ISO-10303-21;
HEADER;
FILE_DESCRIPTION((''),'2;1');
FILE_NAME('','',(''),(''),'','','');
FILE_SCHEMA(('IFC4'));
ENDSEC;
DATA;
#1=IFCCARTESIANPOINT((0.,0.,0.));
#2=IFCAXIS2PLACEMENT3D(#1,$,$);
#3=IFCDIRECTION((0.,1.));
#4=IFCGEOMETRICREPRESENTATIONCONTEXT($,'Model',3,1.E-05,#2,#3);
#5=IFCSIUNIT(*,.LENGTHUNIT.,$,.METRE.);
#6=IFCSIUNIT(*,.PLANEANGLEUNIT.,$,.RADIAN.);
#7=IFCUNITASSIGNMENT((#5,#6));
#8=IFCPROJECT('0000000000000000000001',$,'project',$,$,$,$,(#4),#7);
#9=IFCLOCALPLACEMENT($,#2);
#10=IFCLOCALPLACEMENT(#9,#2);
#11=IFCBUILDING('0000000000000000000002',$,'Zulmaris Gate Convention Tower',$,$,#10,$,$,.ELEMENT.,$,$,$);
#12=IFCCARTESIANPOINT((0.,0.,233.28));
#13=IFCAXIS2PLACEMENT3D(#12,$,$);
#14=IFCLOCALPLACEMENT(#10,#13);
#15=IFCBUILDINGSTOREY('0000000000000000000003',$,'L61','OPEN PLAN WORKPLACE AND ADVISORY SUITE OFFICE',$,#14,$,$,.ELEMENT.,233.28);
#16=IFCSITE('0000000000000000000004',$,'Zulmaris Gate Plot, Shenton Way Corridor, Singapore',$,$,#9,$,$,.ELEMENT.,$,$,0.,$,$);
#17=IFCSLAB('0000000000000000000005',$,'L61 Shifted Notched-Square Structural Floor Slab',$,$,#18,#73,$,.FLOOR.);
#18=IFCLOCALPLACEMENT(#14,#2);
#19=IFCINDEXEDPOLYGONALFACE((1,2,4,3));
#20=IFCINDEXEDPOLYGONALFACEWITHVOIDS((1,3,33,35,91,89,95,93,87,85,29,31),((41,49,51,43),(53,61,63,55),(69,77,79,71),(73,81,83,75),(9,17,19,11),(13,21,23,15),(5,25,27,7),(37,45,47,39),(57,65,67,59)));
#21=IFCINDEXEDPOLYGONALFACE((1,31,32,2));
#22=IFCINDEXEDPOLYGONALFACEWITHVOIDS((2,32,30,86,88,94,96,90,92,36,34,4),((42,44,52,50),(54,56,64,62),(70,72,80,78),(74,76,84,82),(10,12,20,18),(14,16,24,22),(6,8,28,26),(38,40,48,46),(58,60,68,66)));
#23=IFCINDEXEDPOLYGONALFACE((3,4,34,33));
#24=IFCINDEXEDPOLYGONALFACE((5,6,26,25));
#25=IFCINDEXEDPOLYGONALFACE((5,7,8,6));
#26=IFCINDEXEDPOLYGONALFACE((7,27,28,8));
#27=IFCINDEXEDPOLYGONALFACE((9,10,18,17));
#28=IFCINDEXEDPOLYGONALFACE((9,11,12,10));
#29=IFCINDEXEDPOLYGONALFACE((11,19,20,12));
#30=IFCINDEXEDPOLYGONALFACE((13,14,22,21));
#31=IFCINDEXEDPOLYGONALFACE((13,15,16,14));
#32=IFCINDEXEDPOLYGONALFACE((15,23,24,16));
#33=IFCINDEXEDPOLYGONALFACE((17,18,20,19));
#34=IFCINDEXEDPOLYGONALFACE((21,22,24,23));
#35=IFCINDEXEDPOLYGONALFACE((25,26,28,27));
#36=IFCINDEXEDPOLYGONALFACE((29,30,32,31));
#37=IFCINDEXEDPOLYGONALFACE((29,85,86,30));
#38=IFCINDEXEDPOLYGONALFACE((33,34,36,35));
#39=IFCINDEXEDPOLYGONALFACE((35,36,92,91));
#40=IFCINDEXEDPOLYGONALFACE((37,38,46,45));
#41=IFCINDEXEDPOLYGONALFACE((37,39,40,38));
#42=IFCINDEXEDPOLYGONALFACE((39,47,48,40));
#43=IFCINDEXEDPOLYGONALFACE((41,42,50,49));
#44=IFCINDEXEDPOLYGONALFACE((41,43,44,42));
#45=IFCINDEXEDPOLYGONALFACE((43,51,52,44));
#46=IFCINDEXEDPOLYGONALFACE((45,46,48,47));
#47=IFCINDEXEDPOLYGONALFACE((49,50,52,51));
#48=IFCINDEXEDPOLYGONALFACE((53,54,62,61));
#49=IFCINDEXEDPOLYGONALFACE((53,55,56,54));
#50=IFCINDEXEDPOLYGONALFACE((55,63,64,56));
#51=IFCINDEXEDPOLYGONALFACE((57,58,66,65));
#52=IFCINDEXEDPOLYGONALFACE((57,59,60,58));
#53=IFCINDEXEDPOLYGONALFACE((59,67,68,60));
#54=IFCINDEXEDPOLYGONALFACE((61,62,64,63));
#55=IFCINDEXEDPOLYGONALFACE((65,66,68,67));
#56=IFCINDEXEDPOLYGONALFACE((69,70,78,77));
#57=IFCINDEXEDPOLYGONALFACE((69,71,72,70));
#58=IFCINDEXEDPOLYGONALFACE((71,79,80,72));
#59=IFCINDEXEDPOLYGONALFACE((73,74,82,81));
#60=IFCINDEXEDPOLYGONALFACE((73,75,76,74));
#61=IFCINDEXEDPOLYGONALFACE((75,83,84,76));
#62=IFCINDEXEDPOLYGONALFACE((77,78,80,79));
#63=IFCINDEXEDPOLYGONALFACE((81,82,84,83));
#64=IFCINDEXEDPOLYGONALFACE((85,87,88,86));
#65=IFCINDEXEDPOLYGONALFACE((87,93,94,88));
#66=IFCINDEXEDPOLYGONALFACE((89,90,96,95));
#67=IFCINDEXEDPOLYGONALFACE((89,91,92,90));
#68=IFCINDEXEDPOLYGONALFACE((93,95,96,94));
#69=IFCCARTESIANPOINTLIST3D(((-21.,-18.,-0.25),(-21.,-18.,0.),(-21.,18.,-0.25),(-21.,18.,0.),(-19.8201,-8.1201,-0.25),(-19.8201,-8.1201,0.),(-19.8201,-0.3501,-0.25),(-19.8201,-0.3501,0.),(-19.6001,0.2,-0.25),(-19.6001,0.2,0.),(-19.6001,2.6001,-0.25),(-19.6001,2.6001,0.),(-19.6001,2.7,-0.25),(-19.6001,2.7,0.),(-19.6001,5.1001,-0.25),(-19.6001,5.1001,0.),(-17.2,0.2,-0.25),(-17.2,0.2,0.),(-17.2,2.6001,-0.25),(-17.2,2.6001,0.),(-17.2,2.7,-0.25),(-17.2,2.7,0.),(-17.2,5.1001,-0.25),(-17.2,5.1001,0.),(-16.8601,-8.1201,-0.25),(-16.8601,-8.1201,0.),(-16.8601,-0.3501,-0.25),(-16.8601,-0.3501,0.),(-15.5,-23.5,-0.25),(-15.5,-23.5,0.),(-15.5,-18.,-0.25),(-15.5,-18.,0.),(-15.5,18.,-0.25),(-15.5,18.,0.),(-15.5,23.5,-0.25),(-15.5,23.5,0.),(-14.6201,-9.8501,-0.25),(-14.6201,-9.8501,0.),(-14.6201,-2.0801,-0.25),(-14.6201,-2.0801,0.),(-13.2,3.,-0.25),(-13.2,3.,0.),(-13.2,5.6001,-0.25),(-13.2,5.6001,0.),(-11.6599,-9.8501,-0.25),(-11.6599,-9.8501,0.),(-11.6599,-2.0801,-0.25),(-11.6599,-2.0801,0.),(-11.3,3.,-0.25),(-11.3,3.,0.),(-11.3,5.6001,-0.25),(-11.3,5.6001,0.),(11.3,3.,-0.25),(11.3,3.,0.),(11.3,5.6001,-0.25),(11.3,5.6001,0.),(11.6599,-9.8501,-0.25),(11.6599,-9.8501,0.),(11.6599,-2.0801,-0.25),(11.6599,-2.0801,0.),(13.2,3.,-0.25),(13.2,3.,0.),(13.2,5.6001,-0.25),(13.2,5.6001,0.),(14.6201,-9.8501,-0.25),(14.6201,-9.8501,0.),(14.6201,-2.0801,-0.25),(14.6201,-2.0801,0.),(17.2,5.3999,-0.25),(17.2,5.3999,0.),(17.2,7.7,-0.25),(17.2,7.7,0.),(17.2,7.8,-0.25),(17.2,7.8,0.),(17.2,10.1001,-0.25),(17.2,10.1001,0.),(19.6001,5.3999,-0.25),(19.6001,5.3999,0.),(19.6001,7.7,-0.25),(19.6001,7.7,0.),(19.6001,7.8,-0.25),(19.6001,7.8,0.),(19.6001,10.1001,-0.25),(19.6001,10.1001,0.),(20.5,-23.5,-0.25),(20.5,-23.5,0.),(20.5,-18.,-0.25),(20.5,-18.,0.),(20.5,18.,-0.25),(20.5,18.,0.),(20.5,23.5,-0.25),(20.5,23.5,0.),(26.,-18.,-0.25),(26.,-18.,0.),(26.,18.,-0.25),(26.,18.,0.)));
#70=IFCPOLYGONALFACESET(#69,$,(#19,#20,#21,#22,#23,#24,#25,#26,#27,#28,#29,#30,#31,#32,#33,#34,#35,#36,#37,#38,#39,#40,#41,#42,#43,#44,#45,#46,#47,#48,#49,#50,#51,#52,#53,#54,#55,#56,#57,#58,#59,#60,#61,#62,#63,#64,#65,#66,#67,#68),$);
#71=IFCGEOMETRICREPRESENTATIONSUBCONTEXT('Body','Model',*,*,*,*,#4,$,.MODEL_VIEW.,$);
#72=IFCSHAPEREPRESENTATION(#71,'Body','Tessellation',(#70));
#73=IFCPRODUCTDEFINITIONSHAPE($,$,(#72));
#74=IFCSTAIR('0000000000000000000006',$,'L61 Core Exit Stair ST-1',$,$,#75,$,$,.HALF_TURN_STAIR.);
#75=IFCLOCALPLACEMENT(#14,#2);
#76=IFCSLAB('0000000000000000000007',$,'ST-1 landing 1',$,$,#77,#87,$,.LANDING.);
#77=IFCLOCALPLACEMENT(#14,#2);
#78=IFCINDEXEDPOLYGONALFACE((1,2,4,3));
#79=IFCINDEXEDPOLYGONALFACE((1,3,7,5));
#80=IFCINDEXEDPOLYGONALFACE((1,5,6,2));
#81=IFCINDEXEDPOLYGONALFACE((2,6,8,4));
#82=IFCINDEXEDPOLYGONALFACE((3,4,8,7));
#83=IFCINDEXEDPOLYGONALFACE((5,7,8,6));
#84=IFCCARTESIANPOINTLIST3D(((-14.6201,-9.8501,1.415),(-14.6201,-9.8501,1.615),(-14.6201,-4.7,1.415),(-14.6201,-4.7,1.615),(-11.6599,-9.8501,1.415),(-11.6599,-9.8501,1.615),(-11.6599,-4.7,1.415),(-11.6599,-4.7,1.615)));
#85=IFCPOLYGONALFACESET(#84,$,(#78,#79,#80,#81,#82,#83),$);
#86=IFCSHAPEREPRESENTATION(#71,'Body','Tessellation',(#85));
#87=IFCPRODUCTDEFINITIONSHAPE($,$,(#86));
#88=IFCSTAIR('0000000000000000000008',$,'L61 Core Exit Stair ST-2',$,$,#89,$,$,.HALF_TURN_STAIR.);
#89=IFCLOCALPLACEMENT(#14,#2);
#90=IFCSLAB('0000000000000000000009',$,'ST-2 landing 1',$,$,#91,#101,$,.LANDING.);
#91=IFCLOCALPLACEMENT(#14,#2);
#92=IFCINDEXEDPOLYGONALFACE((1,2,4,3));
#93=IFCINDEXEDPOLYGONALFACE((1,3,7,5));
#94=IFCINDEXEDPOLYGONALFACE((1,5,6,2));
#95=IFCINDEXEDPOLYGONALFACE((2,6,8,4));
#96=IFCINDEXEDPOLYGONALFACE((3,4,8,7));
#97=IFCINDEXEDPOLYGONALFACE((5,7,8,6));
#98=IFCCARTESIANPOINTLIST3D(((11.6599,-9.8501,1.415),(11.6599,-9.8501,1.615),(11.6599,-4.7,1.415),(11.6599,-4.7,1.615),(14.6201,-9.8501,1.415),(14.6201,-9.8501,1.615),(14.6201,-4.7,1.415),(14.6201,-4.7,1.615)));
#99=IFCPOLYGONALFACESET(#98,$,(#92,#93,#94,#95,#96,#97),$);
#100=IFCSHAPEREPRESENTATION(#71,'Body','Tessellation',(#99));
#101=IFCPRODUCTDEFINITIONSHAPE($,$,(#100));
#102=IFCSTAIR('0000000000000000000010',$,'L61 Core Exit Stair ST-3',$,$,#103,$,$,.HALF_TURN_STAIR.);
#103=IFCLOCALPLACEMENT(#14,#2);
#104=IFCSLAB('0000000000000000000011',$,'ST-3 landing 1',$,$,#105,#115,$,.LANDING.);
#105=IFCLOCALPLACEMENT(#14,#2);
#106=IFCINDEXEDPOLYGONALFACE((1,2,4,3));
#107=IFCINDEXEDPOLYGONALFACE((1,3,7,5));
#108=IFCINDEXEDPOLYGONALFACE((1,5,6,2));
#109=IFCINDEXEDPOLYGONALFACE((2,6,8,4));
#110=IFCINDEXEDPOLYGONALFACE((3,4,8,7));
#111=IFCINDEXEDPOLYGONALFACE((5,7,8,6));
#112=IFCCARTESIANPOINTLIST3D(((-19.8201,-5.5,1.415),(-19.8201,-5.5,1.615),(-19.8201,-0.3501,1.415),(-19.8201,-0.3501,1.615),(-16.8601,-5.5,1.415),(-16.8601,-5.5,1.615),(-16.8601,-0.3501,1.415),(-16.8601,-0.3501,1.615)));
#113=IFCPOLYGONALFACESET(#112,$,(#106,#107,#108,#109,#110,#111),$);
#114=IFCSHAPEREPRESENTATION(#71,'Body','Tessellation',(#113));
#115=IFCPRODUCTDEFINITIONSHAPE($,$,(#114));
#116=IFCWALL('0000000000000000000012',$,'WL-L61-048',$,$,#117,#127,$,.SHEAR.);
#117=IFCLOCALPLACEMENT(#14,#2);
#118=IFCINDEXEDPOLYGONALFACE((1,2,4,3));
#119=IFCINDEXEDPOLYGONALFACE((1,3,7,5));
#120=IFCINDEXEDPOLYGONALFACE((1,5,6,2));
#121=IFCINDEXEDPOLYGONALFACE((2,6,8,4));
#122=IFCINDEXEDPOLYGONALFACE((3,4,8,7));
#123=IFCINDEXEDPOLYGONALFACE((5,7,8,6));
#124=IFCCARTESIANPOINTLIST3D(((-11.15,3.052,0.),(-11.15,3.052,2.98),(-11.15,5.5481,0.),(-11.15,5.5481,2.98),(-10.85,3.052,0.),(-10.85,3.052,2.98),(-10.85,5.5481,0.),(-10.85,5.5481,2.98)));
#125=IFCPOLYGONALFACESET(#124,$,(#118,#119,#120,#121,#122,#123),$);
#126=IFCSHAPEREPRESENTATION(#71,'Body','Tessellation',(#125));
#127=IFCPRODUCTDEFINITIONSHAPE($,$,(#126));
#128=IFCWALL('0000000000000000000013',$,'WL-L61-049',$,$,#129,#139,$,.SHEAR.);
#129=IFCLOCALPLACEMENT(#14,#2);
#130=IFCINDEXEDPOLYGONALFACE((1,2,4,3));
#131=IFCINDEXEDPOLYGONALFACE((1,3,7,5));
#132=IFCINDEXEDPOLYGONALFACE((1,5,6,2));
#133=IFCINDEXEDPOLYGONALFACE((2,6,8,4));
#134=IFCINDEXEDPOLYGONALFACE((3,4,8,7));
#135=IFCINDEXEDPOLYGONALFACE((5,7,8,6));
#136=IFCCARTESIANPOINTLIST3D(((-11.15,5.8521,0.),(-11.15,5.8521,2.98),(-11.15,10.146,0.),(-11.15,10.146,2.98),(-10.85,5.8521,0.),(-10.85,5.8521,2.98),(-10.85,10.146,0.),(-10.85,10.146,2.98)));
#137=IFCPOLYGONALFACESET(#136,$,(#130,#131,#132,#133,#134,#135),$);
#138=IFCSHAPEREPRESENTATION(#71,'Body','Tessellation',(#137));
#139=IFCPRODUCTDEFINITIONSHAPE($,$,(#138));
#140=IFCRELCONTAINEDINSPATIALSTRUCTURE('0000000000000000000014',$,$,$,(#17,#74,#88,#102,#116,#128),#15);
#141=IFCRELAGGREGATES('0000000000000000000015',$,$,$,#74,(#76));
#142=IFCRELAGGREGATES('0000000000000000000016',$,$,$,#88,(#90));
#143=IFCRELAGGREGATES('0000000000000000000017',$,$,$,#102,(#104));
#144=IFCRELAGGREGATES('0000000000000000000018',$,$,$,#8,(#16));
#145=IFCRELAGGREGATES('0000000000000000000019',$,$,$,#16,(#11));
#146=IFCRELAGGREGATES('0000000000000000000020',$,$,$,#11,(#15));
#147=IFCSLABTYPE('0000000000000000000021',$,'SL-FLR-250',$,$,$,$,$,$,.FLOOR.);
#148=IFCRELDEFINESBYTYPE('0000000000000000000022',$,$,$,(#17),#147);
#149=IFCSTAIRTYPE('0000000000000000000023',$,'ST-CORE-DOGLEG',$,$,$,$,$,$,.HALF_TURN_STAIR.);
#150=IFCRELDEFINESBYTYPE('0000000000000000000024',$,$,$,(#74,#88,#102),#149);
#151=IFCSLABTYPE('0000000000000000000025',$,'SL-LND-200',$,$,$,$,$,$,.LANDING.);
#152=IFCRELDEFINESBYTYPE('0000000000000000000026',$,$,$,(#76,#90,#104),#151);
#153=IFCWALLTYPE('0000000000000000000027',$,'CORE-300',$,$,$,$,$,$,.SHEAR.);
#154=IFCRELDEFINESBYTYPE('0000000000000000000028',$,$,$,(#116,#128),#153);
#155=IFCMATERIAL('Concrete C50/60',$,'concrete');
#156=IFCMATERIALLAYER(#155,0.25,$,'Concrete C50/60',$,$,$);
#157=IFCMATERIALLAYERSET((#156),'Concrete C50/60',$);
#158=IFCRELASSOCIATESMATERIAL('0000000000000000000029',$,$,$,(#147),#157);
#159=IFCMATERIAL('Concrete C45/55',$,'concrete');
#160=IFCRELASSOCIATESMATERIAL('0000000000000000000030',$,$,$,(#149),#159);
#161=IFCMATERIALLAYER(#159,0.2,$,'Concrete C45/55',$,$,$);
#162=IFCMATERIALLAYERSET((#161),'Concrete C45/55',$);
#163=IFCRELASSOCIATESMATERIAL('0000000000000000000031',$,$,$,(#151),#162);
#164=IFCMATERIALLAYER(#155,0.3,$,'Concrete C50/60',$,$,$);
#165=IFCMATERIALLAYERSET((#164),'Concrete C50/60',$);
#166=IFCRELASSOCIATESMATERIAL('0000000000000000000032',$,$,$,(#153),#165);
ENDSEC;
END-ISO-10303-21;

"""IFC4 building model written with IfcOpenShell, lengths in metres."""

from ifc_helpers import new_model, si_unit, direction, frame, frame_2d, origin, place, context, subcontext, project, spatial, polyline, rectangle, outline, extrude, material, layer, layer_set, type_object, element, aggregate, save


model = new_model("IFC4")

# Units and contexts
model_context = context("Model", 3, precision=1e-05, world=origin(), true_north=direction((0.0, 1.0)))
body_context = subcontext(model_context, "Body", "Model", "MODEL_VIEW")
ifc_project = project(units=[si_unit("LENGTHUNIT", "METRE"), si_unit("PLANEANGLEUNIT", "RADIAN")], contexts=[model_context])

# Site, building, storey
site_placement = place(None, origin())
site = spatial("IfcSite", under=ifc_project, at=site_placement, Name="Zulmaris Gate Plot, Shenton Way Corridor, Singapore", CompositionType="ELEMENT", RefElevation=0.0)
building_placement = place(site_placement, origin())
building = spatial("IfcBuilding", under=site, at=building_placement, Name="Zulmaris Gate Convention Tower", CompositionType="ELEMENT")
storey_placement = place(building_placement, frame((0.0, 0.0, 233.28)))
storey = spatial("IfcBuildingStorey", under=building, at=storey_placement, Name="L61", Description="OPEN PLAN WORKPLACE AND ADVISORY SUITE OFFICE", CompositionType="ELEMENT", Elevation=233.28)

# Shared definitions
ifc_material_1 = material(Name="Concrete C50/60", Category="concrete")

# Slab
ifc_layer_1 = layer(ifc_material_1, 0.25, Name="Concrete C50/60")
ifc_layer_set_1 = layer_set([ifc_layer_1], Name="Concrete C50/60")
slab_type_1 = type_object("IfcSlabType", Name="SL-FLR-250", PredefinedType="FLOOR", material=ifc_layer_set_1)
slab_1_placement = place(storey_placement, frame((0.0, 0.0, -0.25)))
element("IfcSlab", 1, at=slab_1_placement, inside=storey, type_object=slab_type_1, Name="L61 Shifted Notched-Square Structural Floor Slab", PredefinedType="FLOOR", context=body_context, shape_type="SweptSolid", body=[
    extrude(outline(polyline([(-15.5, -23.5), (20.5, -23.5), (20.5, -18.0), (26.0, -18.0), (26.0, 18.0), (20.5, 18.0), (20.5, 23.5), (-15.5, 23.5), (-15.5, 18.0), (-21.0, 18.0), (-21.0, -18.0), (-15.5, -18.0), (-15.5, -23.5)]), holes=[polyline([(-14.6201, -2.0801), (-14.6201, -9.8501), (-11.6599, -9.8501), (-11.6599, -2.0801), (-14.6201, -2.0801)]), polyline([(11.6599, -2.0801), (11.6599, -9.8501), (14.6201, -9.8501), (14.6201, -2.0801), (11.6599, -2.0801)]), polyline([(-16.8601, -8.1201), (-16.8601, -0.3501), (-19.8201, -0.3501), (-19.8201, -8.1201), (-16.8601, -8.1201)]), polyline([(-13.2, 3.0), (-11.3, 3.0), (-11.3, 5.6001), (-13.2, 5.6001), (-13.2, 3.0)]), polyline([(11.3, 3.0), (13.2, 3.0), (13.2, 5.6001), (11.3, 5.6001), (11.3, 3.0)]), polyline([(17.2, 5.3999), (19.6001, 5.3999), (19.6001, 7.7), (17.2, 7.7), (17.2, 5.3999)]), polyline([(17.2, 7.8), (19.6001, 7.8), (19.6001, 10.1001), (17.2, 10.1001), (17.2, 7.8)]), polyline([(-19.6001, 0.2), (-17.2, 0.2), (-17.2, 2.6001), (-19.6001, 2.6001), (-19.6001, 0.2)]), polyline([(-19.6001, 2.7), (-17.2, 2.7), (-17.2, 5.1001), (-19.6001, 5.1001), (-19.6001, 2.7)])]), origin(), (0.0, 0.0, 1.0), 0.25),
])

# Stairs, slabs
ifc_material_2 = material(Name="Concrete C45/55", Category="concrete")
stair_type = type_object("IfcStairType", Name="ST-CORE-DOGLEG", PredefinedType="HALF_TURN_STAIR", material=ifc_material_2)
stair_1_placement = place(storey_placement, origin())
stair_1 = element("IfcStair", 2, at=stair_1_placement, inside=storey, type_object=stair_type, Name="L61 Core Exit Stair ST-1", PredefinedType="HALF_TURN_STAIR")
ifc_layer_2 = layer(ifc_material_2, 0.2, Name="Concrete C45/55")
ifc_layer_set_2 = layer_set([ifc_layer_2], Name="Concrete C45/55")
slab_type_2 = type_object("IfcSlabType", Name="SL-LND-200", PredefinedType="LANDING", material=ifc_layer_set_2)
slab_2_placement = place(storey_placement, frame((0.0, 0.0, 1.415)))
slab_2 = element("IfcSlab", 3, at=slab_2_placement, type_object=slab_type_2, Name="ST-1 landing 1", PredefinedType="LANDING", context=body_context, shape_type="SweptSolid", body=[
    extrude(outline(polyline([(-14.6201, -4.7), (-14.6201, -9.8501), (-11.6599, -9.8501), (-11.6599, -4.7), (-14.6201, -4.7)])), origin(), (0.0, 0.0, 1.0), 0.2),
])
aggregate(stair_1, [slab_2])
stair_2_placement = place(storey_placement, origin())
stair_2 = element("IfcStair", 4, at=stair_2_placement, inside=storey, type_object=stair_type, Name="L61 Core Exit Stair ST-2", PredefinedType="HALF_TURN_STAIR")
slab_3_placement = place(storey_placement, frame((0.0, 0.0, 1.415)))
slab_3 = element("IfcSlab", 5, at=slab_3_placement, type_object=slab_type_2, Name="ST-2 landing 1", PredefinedType="LANDING", context=body_context, shape_type="SweptSolid", body=[
    extrude(outline(polyline([(11.6599, -4.7), (11.6599, -9.8501), (14.6201, -9.8501), (14.6201, -4.7), (11.6599, -4.7)])), origin(), (0.0, 0.0, 1.0), 0.2),
])
aggregate(stair_2, [slab_3])
stair_3_placement = place(storey_placement, origin())
stair_3 = element("IfcStair", 6, at=stair_3_placement, inside=storey, type_object=stair_type, Name="L61 Core Exit Stair ST-3", PredefinedType="HALF_TURN_STAIR")
slab_4_placement = place(storey_placement, frame((0.0, 0.0, 1.415)))
slab_4 = element("IfcSlab", 7, at=slab_4_placement, type_object=slab_type_2, Name="ST-3 landing 1", PredefinedType="LANDING", context=body_context, shape_type="SweptSolid", body=[
    extrude(outline(polyline([(-16.8601, -5.5), (-16.8601, -0.3501), (-19.8201, -0.3501), (-19.8201, -5.5), (-16.8601, -5.5)])), origin(), (0.0, 0.0, 1.0), 0.2),
])
aggregate(stair_3, [slab_4])

# Shared definitions
ifc_layer_3 = layer(ifc_material_1, 0.3, Name="Concrete C50/60")
ifc_layer_set_3 = layer_set([ifc_layer_3], Name="Concrete C50/60")
wall_type_1 = type_object("IfcWallType", Name="CORE-300", PredefinedType="SHEAR", material=ifc_layer_set_3)

# Walls
wall_1_placement = place(storey_placement, frame((-11.0, 3.052, 0.0), z_axis=(0.0, 0.0, 1.0), x_axis=(0.0, 1.0, 0.0)))
element("IfcWall", 8, at=wall_1_placement, inside=storey, type_object=wall_type_1, Name="WL-L61-048", PredefinedType="SHEAR", context=body_context, shape_type="SweptSolid", body=[
    extrude(rectangle(XDim=2.4961, YDim=0.3, at=frame_2d((1.248, 0.0))), origin(), (0.0, 0.0, 1.0), 2.98),
])
wall_2_placement = place(storey_placement, frame((-11.0, 5.8521, 0.0), z_axis=(0.0, 0.0, 1.0), x_axis=(0.0, 1.0, 0.0)))
element("IfcWall", 9, at=wall_2_placement, inside=storey, type_object=wall_type_1, Name="WL-L61-049", PredefinedType="SHEAR", context=body_context, shape_type="SweptSolid", body=[
    extrude(rectangle(XDim=4.2939, YDim=0.3, at=frame_2d((2.147, 0.0))), origin(), (0.0, 0.0, 1.0), 2.98),
])

save(model, "model.ifc")
